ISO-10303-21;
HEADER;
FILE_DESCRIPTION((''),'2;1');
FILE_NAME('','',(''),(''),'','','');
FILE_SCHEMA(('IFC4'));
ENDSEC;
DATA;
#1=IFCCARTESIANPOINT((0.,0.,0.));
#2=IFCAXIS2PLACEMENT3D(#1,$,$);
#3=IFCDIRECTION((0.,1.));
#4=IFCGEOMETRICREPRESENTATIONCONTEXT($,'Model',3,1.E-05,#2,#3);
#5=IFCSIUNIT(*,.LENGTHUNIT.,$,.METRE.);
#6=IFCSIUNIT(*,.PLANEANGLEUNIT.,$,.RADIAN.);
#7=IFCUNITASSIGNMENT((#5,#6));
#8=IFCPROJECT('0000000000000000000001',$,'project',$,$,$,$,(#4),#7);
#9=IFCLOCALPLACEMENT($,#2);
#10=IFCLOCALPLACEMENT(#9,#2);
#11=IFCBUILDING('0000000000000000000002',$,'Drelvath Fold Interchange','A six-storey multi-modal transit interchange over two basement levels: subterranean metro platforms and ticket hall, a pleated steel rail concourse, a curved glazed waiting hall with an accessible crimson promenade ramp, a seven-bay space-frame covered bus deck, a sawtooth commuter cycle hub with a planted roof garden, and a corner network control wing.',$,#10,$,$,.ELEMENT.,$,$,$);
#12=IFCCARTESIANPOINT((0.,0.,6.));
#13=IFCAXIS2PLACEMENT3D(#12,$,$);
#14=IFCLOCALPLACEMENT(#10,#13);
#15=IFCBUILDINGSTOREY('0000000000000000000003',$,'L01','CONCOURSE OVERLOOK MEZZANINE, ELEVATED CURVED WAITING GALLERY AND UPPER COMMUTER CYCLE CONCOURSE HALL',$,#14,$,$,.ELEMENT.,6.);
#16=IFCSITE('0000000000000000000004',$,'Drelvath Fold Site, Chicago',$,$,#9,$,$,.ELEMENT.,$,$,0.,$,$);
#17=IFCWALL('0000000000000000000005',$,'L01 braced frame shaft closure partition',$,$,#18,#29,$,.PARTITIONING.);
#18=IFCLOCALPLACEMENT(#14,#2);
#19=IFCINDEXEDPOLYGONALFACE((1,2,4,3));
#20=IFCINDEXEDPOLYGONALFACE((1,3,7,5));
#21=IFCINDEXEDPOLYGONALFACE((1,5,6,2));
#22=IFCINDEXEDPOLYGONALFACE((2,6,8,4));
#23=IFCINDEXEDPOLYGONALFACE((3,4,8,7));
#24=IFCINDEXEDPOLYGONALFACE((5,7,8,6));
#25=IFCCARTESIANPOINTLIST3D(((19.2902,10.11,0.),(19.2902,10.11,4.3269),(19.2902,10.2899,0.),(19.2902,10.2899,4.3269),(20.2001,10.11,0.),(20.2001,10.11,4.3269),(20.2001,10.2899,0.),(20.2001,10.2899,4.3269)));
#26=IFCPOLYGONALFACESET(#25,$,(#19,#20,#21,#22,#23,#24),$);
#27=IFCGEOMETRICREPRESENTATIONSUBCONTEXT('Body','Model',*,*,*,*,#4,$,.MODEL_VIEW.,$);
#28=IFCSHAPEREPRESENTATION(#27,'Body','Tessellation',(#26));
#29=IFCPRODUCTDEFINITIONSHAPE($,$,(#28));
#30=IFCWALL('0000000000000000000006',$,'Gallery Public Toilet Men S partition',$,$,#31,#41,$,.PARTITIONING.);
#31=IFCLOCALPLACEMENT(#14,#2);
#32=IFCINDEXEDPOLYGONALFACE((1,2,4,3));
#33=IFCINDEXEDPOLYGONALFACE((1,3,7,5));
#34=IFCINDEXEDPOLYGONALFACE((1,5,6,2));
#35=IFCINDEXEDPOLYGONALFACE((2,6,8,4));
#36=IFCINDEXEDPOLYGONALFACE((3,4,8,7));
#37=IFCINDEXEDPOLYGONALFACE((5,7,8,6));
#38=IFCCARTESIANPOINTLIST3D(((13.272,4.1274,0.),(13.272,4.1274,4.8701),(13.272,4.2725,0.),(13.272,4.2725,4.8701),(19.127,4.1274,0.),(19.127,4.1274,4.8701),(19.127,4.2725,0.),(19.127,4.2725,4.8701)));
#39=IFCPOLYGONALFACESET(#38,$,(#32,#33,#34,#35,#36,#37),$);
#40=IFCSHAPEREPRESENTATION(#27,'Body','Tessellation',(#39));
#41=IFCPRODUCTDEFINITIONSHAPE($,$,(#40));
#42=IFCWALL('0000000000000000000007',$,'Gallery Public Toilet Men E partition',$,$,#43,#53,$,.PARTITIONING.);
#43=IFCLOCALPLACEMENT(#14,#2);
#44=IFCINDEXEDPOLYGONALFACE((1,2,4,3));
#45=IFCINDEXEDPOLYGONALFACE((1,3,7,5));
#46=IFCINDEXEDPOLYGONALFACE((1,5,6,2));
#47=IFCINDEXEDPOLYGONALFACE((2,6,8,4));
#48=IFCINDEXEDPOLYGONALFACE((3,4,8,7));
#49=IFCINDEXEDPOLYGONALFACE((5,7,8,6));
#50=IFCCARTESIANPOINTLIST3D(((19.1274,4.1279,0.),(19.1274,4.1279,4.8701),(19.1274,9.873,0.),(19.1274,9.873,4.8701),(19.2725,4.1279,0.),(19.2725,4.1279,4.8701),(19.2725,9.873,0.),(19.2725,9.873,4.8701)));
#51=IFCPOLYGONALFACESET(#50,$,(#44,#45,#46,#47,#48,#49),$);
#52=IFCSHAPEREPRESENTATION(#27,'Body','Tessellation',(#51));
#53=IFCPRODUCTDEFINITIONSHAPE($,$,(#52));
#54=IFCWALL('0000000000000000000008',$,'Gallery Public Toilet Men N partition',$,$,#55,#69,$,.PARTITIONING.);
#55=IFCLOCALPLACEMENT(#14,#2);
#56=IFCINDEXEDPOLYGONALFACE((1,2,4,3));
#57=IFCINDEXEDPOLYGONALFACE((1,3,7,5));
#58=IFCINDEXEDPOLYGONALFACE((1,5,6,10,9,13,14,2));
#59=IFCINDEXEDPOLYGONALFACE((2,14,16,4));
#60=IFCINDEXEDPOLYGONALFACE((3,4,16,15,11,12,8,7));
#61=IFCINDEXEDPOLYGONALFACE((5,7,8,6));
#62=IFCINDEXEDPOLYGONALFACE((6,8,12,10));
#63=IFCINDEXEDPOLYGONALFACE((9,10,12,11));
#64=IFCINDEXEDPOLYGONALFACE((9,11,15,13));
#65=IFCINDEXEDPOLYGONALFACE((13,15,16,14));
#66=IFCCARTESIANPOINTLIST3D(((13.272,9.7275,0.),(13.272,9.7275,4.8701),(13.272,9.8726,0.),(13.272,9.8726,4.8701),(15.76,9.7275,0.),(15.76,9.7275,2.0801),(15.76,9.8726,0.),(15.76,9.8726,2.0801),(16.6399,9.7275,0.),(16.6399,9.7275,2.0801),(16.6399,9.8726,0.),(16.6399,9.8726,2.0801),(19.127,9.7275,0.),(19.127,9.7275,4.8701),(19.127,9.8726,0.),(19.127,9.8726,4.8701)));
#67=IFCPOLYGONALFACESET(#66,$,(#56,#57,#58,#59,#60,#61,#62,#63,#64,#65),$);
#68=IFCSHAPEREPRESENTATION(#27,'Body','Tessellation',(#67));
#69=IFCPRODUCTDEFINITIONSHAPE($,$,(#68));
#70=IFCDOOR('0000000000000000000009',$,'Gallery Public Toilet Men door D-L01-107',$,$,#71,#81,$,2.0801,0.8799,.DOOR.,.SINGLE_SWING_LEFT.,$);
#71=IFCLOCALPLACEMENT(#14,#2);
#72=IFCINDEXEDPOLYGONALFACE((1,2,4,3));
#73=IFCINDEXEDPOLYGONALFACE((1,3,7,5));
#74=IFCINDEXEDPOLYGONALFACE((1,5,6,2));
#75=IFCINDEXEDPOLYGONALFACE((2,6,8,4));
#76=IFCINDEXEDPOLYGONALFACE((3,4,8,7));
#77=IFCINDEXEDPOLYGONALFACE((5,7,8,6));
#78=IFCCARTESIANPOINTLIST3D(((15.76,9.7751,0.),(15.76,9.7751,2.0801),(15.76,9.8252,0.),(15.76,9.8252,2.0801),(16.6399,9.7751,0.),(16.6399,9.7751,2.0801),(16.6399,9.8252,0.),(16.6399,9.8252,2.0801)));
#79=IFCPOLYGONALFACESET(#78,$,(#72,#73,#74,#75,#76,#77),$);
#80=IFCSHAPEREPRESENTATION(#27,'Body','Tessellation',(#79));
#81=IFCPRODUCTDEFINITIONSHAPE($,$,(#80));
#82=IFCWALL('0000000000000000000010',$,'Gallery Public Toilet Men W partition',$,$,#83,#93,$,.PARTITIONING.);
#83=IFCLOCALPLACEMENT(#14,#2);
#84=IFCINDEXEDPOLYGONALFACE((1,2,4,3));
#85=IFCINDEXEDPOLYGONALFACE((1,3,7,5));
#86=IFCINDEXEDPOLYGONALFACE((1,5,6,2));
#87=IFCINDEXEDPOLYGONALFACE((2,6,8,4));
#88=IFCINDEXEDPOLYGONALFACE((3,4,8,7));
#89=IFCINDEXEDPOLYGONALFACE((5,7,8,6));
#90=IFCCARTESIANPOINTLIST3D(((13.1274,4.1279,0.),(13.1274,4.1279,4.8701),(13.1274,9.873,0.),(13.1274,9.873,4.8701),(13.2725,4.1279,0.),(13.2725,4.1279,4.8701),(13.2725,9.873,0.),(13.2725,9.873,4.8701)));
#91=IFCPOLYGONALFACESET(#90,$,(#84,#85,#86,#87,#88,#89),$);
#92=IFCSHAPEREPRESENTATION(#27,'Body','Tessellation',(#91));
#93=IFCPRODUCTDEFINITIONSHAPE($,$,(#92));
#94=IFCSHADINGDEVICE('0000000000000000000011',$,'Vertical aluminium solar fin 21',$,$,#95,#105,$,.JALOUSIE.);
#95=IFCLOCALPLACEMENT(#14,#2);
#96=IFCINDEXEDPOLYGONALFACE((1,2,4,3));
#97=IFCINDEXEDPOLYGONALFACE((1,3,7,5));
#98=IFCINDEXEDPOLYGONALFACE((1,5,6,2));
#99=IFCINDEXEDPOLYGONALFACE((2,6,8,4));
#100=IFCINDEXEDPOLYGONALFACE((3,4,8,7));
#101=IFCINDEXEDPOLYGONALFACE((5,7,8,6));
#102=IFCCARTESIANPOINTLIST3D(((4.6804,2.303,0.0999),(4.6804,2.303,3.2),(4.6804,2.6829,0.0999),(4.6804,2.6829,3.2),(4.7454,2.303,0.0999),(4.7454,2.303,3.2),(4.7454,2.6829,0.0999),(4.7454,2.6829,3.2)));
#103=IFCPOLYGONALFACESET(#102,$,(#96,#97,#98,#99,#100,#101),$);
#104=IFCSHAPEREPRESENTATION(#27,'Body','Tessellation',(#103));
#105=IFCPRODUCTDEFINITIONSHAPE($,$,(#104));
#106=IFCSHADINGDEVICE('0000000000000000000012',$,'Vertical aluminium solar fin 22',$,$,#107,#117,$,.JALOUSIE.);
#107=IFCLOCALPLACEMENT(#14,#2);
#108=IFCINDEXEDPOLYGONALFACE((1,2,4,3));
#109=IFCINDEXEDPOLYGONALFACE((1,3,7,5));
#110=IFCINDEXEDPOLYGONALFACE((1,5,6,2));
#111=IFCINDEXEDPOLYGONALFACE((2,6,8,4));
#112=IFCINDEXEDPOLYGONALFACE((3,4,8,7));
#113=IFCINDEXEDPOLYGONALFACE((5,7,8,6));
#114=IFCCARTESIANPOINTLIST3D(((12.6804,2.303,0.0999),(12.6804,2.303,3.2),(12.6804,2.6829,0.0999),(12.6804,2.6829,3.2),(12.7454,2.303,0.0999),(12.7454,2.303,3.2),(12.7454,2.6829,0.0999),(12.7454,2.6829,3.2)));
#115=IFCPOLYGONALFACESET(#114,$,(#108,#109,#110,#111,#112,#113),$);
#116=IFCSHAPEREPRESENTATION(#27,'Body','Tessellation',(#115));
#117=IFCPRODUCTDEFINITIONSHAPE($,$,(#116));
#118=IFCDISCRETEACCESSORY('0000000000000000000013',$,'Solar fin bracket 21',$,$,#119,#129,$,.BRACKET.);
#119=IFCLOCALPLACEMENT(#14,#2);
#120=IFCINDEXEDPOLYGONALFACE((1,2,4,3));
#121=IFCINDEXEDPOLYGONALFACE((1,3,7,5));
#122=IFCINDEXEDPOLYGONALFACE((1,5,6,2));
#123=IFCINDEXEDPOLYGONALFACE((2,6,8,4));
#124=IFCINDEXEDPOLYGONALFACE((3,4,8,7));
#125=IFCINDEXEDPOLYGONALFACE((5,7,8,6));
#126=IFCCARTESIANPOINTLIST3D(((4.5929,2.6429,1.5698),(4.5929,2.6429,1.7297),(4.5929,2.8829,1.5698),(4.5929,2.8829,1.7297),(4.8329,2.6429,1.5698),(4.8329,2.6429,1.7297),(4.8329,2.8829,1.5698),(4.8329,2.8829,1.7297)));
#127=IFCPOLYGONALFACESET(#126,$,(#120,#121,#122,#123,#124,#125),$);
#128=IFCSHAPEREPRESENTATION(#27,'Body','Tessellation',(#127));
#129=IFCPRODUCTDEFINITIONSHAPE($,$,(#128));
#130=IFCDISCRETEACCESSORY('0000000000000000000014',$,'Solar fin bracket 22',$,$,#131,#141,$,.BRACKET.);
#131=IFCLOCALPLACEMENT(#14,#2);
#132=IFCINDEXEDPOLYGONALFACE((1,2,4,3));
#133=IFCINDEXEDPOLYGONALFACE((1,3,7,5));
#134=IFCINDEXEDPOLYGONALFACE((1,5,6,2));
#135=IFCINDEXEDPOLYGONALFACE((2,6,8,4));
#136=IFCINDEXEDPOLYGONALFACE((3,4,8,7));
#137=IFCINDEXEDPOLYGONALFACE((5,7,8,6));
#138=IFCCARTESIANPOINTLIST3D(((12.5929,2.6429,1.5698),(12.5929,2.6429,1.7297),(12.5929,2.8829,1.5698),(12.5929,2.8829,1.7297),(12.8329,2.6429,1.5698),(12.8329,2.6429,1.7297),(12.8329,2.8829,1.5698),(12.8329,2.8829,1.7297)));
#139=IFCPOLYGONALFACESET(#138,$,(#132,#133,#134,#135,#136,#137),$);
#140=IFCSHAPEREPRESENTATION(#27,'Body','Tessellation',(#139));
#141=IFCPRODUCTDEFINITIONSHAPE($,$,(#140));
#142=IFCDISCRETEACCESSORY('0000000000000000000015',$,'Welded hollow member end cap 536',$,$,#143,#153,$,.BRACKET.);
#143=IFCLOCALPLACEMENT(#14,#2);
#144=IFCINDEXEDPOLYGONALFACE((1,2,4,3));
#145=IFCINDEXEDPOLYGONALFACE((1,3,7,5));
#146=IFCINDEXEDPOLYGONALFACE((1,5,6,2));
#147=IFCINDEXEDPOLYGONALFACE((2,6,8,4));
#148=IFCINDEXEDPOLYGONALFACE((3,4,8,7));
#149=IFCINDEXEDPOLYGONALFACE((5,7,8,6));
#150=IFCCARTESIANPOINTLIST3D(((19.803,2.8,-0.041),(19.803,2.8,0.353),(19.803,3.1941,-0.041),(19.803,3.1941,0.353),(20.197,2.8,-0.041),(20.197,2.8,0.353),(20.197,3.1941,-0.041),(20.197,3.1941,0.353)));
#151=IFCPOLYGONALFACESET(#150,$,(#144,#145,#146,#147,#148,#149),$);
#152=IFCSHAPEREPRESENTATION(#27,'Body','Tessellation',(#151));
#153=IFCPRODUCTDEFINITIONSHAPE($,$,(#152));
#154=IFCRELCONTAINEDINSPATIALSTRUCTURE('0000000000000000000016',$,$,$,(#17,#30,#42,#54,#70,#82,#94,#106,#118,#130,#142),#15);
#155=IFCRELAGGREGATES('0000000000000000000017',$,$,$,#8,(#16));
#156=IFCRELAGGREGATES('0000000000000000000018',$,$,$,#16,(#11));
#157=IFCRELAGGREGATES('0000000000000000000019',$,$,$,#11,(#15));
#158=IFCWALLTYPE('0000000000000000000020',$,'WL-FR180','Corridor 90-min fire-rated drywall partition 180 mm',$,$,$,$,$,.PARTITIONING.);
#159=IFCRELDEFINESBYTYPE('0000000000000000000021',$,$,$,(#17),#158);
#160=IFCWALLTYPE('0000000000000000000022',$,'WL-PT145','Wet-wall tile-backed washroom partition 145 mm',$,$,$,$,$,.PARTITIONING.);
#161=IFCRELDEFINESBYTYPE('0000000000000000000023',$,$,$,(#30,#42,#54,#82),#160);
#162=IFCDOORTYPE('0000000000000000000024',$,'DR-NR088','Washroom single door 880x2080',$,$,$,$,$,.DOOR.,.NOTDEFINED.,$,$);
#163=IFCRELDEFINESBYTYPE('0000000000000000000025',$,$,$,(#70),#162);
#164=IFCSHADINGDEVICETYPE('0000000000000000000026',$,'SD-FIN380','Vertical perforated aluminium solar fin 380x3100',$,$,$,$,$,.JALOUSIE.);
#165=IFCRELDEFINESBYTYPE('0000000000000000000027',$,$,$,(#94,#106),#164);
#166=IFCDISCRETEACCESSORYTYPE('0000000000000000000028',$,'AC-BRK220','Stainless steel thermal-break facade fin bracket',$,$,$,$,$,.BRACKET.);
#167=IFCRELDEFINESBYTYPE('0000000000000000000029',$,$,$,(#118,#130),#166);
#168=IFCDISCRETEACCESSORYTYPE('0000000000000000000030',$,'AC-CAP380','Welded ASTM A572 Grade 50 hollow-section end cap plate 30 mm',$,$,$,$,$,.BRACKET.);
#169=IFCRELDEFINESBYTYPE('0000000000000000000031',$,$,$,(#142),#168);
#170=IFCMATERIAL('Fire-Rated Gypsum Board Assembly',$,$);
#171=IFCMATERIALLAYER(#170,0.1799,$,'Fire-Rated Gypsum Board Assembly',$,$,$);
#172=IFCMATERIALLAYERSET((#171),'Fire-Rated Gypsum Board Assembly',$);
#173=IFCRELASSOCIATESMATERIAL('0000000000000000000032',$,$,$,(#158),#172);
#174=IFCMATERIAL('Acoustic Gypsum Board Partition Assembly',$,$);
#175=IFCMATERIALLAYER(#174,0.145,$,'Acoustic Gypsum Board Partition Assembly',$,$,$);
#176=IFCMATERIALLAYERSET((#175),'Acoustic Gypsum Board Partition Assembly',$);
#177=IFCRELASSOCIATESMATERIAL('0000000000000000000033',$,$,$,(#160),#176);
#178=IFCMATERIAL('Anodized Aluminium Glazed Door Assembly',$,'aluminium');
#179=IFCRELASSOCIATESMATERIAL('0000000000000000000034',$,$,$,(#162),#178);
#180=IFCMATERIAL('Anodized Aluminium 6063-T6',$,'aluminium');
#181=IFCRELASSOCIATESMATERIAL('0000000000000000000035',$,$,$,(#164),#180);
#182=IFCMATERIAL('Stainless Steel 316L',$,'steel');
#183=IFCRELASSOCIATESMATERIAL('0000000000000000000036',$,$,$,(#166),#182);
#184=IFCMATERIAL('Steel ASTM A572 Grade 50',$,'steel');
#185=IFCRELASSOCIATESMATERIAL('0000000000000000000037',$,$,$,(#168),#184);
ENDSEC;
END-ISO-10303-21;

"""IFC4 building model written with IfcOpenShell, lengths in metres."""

from ifc_helpers import new_model, si_unit, direction, frame, frame_2d, origin, origin_2d, place, context, subcontext, project, spatial, rectangle, extrude, material, layer, layer_set, type_object, element, fill, save


model = new_model("IFC4")

# Units and contexts
model_context = context("Model", 3, precision=1e-05, world=origin(), true_north=direction((0.0, 1.0)))
body_context = subcontext(model_context, "Body", "Model", "MODEL_VIEW")
ifc_project = project(units=[si_unit("LENGTHUNIT", "METRE"), si_unit("PLANEANGLEUNIT", "RADIAN")], contexts=[model_context])

# Site, building, storey
site_placement = place(None, origin())
site = spatial("IfcSite", under=ifc_project, at=site_placement, Name="Drelvath Fold Site, Chicago", CompositionType="ELEMENT", RefElevation=0.0)
building_placement = place(site_placement, origin())
building = spatial("IfcBuilding", under=site, at=building_placement, Name="Drelvath Fold Interchange", Description="A six-storey multi-modal transit interchange over two basement levels: subterranean metro platforms and ticket hall, a pleated steel rail concourse, a curved glazed waiting hall with an accessible crimson promenade ramp, a seven-bay space-frame covered bus deck, a sawtooth commuter cycle hub with a planted roof garden, and a corner network control wing.", CompositionType="ELEMENT")
storey_placement = place(building_placement, frame((0.0, 0.0, 6.0)))
storey = spatial("IfcBuildingStorey", under=building, at=storey_placement, Name="L01", Description="CONCOURSE OVERLOOK MEZZANINE, ELEVATED CURVED WAITING GALLERY AND UPPER COMMUTER CYCLE CONCOURSE HALL", CompositionType="ELEMENT", Elevation=6.0)

# Shared definitions
ifc_material_1 = material(Name="Anodized Aluminium 6063-T6", Category="aluminium")

# Walls
ifc_material_2 = material(Name="Fire-Rated Gypsum Board Assembly")
ifc_layer_1 = layer(ifc_material_2, 0.1799, Name="Fire-Rated Gypsum Board Assembly")
ifc_layer_set_1 = layer_set([ifc_layer_1], Name="Fire-Rated Gypsum Board Assembly")
wall_type_1 = type_object("IfcWallType", Name="WL-FR180", Description="Corridor 90-min fire-rated drywall partition 180 mm", PredefinedType="PARTITIONING", material=ifc_layer_set_1)
wall_1_placement = place(storey_placement, frame((19.29, 10.2, 0.0), z_axis=(0.0, 0.0, 1.0), x_axis=(1.0, 0.0, 0.0)))
element("IfcWall", 1, at=wall_1_placement, inside=storey, type_object=wall_type_1, Name="L01 braced frame shaft closure partition", PredefinedType="PARTITIONING", context=body_context, shape_type="SweptSolid", body=[
    extrude(rectangle(XDim=0.9099, YDim=0.1799, at=frame_2d((0.4551, 0.0))), origin(), (0.0, 0.0, 1.0), 4.3269),
])
ifc_material_3 = material(Name="Acoustic Gypsum Board Partition Assembly")
ifc_layer_2 = layer(ifc_material_3, 0.145, Name="Acoustic Gypsum Board Partition Assembly")
ifc_layer_set_2 = layer_set([ifc_layer_2], Name="Acoustic Gypsum Board Partition Assembly")
wall_type_2 = type_object("IfcWallType", Name="WL-PT145", Description="Wet-wall tile-backed washroom partition 145 mm", PredefinedType="PARTITIONING", material=ifc_layer_set_2)
wall_2_placement = place(storey_placement, frame((13.272, 4.2, 0.0), z_axis=(0.0, 0.0, 1.0), x_axis=(1.0, 0.0, 0.0)))
element("IfcWall", 2, at=wall_2_placement, inside=storey, type_object=wall_type_2, Name="Gallery Public Toilet Men S partition", PredefinedType="PARTITIONING", context=body_context, shape_type="SweptSolid", body=[
    extrude(rectangle(XDim=5.855, YDim=0.145, at=frame_2d((2.9275, 0.0))), origin(), (0.0, 0.0, 1.0), 4.8701),
])
wall_3_placement = place(storey_placement, frame((19.2, 4.1279, 0.0), z_axis=(0.0, 0.0, 1.0), x_axis=(0.0, 1.0, 0.0)))
element("IfcWall", 3, at=wall_3_placement, inside=storey, type_object=wall_type_2, Name="Gallery Public Toilet Men E partition", PredefinedType="PARTITIONING", context=body_context, shape_type="SweptSolid", body=[
    extrude(rectangle(XDim=5.7451, YDim=0.145, at=frame_2d((2.8726, 0.0))), origin(), (0.0, 0.0, 1.0), 4.8701),
])

# Wall, opening, door
wall_4_placement = place(storey_placement, frame((19.127, 9.8, 0.0), z_axis=(0.0, 0.0, 1.0), x_axis=(-1.0, 0.0, 0.0)))
wall_4 = element("IfcWall", 4, at=wall_4_placement, inside=storey, type_object=wall_type_2, Name="Gallery Public Toilet Men N partition", PredefinedType="PARTITIONING", context=body_context, shape_type="SweptSolid", body=[
    extrude(rectangle(XDim=5.855, YDim=0.145, at=frame_2d((2.9275, 0.0))), origin(), (0.0, 0.0, 1.0), 4.8701),
])
opening_1_placement = place(wall_4_placement, frame((2.4871, 0.0, 0.0)))
opening_1 = element("IfcOpeningElement", 5, at=opening_1_placement, cuts=wall_4, PredefinedType="OPENING", context=body_context, shape_type="SweptSolid", body=[
    extrude(rectangle(XDim=0.8799, YDim=2.0801, at=frame_2d((0.4399, 1.04))), frame((0.0, 0.0825, 0.0), z_axis=(0.0, -1.0, 0.0), x_axis=(1.0, 0.0, 0.0)), (0.0, 0.0, 1.0), 0.165),
])
ifc_material_4 = material(Name="Anodized Aluminium Glazed Door Assembly", Category="aluminium")
door_type = type_object("IfcDoorType", Name="DR-NR088", Description="Washroom single door 880x2080", OperationType="NOTDEFINED", PredefinedType="DOOR", material=ifc_material_4)
door_placement = place(opening_1_placement, origin())
door = element("IfcDoor", 6, at=door_placement, inside=storey, type_object=door_type, Name="Gallery Public Toilet Men door D-L01-107", OperationType="SINGLE_SWING_LEFT", OverallHeight=2.0801, OverallWidth=0.8799, PredefinedType="DOOR", context=body_context, shape_type="SweptSolid", body=[
    extrude(rectangle(XDim=0.8799, YDim=2.0801, at=frame_2d((0.4399, 1.04))), frame((0.0, 0.0249, 0.0), z_axis=(0.0, -1.0, 0.0), x_axis=(1.0, 0.0, 0.0)), (0.0, 0.0, 1.0), 0.05),
])
fill(opening_1, door)

# Wall
wall_5_placement = place(storey_placement, frame((13.2, 9.873, 0.0), z_axis=(0.0, 0.0, 1.0), x_axis=(0.0, -1.0, 0.0)))
element("IfcWall", 7, at=wall_5_placement, inside=storey, type_object=wall_type_2, Name="Gallery Public Toilet Men W partition", PredefinedType="PARTITIONING", context=body_context, shape_type="SweptSolid", body=[
    extrude(rectangle(XDim=5.7451, YDim=0.145, at=frame_2d((2.8726, 0.0))), origin(), (0.0, 0.0, 1.0), 4.8701),
])

# Shading devices
shading_device_type = type_object("IfcShadingDeviceType", Name="SD-FIN380", Description="Vertical perforated aluminium solar fin 380x3100", PredefinedType="JALOUSIE", material=ifc_material_1)
for number, where, z_axis, x_axis, name in (
    (8, (4.7129, 2.4929, 0.0999), (0.0, 0.0, 1.0), (0.0, 1.0, 0.0), "Vertical aluminium solar fin 21"),
    (9, (12.7129, 2.4929, 0.0999), (0.0, 0.0, 1.0), (0.0, 1.0, 0.0), "Vertical aluminium solar fin 22"),
):
    element("IfcShadingDevice", number, at=place(storey_placement, frame(where, z_axis=z_axis, x_axis=x_axis)), inside=storey, type_object=shading_device_type, Name=name, PredefinedType="JALOUSIE", context=body_context, shape_type="SweptSolid", body=[
        extrude(rectangle(XDim=0.3799, YDim=0.0649, at=origin_2d()), origin(), (0.0, 0.0, 1.0), 3.1001),
    ])

# Discrete accessories
ifc_material_5 = material(Name="Stainless Steel 316L", Category="steel")
discrete_accessory_type_1 = type_object("IfcDiscreteAccessoryType", Name="AC-BRK220", Description="Stainless steel thermal-break facade fin bracket", PredefinedType="BRACKET", material=ifc_material_5)
for number, where, z_axis, x_axis, name in (
    (10, (4.7129, 2.7629, 1.5698), (0.0, 0.0, 1.0), (0.0, 1.0, 0.0), "Solar fin bracket 21"),
    (11, (12.7129, 2.7629, 1.5698), (0.0, 0.0, 1.0), (0.0, 1.0, 0.0), "Solar fin bracket 22"),
):
    element("IfcDiscreteAccessory", number, at=place(storey_placement, frame(where, z_axis=z_axis, x_axis=x_axis)), inside=storey, type_object=discrete_accessory_type_1, Name=name, PredefinedType="BRACKET", context=body_context, shape_type="SweptSolid", body=[
        extrude(rectangle(XDim=0.24, YDim=0.24, at=origin_2d()), origin(), (0.0, 0.0, 1.0), 0.1599),
    ])
ifc_material_6 = material(Name="Steel ASTM A572 Grade 50", Category="steel")
discrete_accessory_type_2 = type_object("IfcDiscreteAccessoryType", Name="AC-CAP380", Description="Welded ASTM A572 Grade 50 hollow-section end cap plate 30 mm", PredefinedType="BRACKET", material=ifc_material_6)
discrete_accessory_placement = place(storey_placement, frame((20.0, 2.9971, -0.041), z_axis=(0.0, 0.0, 1.0), x_axis=(1.0, 0.0, 0.0)))
element("IfcDiscreteAccessory", 12, at=discrete_accessory_placement, inside=storey, type_object=discrete_accessory_type_2, Name="Welded hollow member end cap 536", PredefinedType="BRACKET", context=body_context, shape_type="SweptSolid", body=[
    extrude(rectangle(XDim=0.394, YDim=0.394, at=origin_2d()), origin(), (0.0, 0.0, 1.0), 0.394),
])

save(model, "model.ifc")
